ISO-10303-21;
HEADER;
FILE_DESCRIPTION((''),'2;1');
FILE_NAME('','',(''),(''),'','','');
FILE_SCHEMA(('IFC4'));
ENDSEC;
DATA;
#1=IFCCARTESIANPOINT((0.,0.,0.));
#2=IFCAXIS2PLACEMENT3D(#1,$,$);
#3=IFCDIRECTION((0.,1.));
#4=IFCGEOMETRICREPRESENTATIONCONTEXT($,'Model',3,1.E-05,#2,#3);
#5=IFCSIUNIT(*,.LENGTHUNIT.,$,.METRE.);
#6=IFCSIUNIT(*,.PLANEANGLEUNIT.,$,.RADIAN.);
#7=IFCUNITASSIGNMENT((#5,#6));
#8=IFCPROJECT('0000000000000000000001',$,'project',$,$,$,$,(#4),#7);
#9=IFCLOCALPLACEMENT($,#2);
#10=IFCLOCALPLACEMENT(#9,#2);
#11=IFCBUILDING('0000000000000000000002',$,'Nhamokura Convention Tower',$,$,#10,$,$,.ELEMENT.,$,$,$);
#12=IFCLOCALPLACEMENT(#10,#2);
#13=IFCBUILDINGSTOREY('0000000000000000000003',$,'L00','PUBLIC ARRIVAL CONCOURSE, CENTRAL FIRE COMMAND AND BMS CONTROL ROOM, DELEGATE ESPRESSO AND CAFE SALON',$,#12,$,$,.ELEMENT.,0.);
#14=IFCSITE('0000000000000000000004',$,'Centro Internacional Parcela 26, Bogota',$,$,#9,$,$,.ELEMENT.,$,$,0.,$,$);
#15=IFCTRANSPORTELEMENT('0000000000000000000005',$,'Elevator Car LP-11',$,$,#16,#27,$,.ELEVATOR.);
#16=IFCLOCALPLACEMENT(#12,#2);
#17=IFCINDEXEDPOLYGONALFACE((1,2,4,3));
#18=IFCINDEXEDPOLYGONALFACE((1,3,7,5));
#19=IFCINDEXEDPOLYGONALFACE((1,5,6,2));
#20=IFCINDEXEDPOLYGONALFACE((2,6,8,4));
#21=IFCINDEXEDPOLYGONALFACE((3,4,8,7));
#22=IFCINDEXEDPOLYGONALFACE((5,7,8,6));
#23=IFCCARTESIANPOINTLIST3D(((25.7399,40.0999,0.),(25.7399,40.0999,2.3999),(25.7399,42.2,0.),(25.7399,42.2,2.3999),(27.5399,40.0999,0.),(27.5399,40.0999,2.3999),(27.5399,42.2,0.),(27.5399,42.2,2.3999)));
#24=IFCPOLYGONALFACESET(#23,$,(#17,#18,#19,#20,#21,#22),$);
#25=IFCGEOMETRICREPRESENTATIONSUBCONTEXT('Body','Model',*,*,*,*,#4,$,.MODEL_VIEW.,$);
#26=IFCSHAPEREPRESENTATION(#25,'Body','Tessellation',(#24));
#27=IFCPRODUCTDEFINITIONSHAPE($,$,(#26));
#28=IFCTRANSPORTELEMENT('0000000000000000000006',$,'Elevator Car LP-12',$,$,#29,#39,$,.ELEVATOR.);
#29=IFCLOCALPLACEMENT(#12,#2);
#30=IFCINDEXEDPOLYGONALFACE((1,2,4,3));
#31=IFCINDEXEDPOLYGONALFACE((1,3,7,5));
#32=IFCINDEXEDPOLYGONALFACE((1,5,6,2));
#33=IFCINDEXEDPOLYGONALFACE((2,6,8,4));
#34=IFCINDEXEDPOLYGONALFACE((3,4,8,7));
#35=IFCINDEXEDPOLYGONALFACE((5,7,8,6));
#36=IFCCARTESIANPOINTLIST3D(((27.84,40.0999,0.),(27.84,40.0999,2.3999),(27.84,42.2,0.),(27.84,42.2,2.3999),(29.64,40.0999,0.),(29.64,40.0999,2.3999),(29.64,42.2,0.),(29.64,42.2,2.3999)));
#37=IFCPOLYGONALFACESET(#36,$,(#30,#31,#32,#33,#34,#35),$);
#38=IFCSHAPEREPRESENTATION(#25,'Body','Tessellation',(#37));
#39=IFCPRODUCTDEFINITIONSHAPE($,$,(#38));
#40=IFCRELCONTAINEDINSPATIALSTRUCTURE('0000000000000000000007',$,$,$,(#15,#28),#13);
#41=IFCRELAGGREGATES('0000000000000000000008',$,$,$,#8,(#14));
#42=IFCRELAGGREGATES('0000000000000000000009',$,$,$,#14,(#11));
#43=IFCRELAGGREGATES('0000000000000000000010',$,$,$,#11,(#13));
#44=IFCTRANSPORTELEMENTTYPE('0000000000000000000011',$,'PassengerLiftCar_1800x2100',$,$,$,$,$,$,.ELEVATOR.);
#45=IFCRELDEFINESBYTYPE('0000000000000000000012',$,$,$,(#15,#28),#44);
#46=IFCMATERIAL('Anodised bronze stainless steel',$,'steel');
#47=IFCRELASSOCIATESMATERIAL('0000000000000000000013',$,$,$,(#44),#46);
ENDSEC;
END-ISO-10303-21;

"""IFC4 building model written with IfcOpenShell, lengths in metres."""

from ifc_helpers import new_model, si_unit, direction, frame, origin, origin_2d, place, context, subcontext, project, spatial, rectangle, extrude, material, type_object, element, save


model = new_model("IFC4")

# Units and contexts
model_context = context("Model", 3, precision=1e-05, world=origin(), true_north=direction((0.0, 1.0)))
body_context = subcontext(model_context, "Body", "Model", "MODEL_VIEW")
ifc_project = project(units=[si_unit("LENGTHUNIT", "METRE"), si_unit("PLANEANGLEUNIT", "RADIAN")], contexts=[model_context])

# Site, building, storey
site_placement = place(None, origin())
site = spatial("IfcSite", under=ifc_project, at=site_placement, Name="Centro Internacional Parcela 26, Bogota", CompositionType="ELEMENT", RefElevation=0.0)
building_placement = place(site_placement, origin())
building = spatial("IfcBuilding", under=site, at=building_placement, Name="Nhamokura Convention Tower", CompositionType="ELEMENT")
storey_placement = place(building_placement, origin())
storey = spatial("IfcBuildingStorey", under=building, at=storey_placement, Name="L00", Description="PUBLIC ARRIVAL CONCOURSE, CENTRAL FIRE COMMAND AND BMS CONTROL ROOM, DELEGATE ESPRESSO AND CAFE SALON", CompositionType="ELEMENT", Elevation=0.0)

# Transport elements
ifc_material_1 = material(Name="Anodised bronze stainless steel", Category="steel")
transport_element_type = type_object("IfcTransportElementType", Name="PassengerLiftCar_1800x2100", PredefinedType="ELEVATOR", material=ifc_material_1)
for number, where, z_axis, x_axis, name in (
    (1, (26.6399, 41.1499, 0.0), (0.0, 0.0, 1.0), (1.0, 0.0, 0.0), "Elevator Car LP-11"),
    (2, (28.74, 41.1499, 0.0), (0.0, 0.0, 1.0), (1.0, 0.0, 0.0), "Elevator Car LP-12"),
):
    element("IfcTransportElement", number, at=place(storey_placement, frame(where, z_axis=z_axis, x_axis=x_axis)), inside=storey, type_object=transport_element_type, Name=name, PredefinedType="ELEVATOR", context=body_context, shape_type="SweptSolid", body=[
        extrude(rectangle(XDim=1.8, YDim=2.1001, at=origin_2d()), origin(), (0.0, 0.0, 1.0), 2.3999),
    ])

save(model, "model.ifc")
